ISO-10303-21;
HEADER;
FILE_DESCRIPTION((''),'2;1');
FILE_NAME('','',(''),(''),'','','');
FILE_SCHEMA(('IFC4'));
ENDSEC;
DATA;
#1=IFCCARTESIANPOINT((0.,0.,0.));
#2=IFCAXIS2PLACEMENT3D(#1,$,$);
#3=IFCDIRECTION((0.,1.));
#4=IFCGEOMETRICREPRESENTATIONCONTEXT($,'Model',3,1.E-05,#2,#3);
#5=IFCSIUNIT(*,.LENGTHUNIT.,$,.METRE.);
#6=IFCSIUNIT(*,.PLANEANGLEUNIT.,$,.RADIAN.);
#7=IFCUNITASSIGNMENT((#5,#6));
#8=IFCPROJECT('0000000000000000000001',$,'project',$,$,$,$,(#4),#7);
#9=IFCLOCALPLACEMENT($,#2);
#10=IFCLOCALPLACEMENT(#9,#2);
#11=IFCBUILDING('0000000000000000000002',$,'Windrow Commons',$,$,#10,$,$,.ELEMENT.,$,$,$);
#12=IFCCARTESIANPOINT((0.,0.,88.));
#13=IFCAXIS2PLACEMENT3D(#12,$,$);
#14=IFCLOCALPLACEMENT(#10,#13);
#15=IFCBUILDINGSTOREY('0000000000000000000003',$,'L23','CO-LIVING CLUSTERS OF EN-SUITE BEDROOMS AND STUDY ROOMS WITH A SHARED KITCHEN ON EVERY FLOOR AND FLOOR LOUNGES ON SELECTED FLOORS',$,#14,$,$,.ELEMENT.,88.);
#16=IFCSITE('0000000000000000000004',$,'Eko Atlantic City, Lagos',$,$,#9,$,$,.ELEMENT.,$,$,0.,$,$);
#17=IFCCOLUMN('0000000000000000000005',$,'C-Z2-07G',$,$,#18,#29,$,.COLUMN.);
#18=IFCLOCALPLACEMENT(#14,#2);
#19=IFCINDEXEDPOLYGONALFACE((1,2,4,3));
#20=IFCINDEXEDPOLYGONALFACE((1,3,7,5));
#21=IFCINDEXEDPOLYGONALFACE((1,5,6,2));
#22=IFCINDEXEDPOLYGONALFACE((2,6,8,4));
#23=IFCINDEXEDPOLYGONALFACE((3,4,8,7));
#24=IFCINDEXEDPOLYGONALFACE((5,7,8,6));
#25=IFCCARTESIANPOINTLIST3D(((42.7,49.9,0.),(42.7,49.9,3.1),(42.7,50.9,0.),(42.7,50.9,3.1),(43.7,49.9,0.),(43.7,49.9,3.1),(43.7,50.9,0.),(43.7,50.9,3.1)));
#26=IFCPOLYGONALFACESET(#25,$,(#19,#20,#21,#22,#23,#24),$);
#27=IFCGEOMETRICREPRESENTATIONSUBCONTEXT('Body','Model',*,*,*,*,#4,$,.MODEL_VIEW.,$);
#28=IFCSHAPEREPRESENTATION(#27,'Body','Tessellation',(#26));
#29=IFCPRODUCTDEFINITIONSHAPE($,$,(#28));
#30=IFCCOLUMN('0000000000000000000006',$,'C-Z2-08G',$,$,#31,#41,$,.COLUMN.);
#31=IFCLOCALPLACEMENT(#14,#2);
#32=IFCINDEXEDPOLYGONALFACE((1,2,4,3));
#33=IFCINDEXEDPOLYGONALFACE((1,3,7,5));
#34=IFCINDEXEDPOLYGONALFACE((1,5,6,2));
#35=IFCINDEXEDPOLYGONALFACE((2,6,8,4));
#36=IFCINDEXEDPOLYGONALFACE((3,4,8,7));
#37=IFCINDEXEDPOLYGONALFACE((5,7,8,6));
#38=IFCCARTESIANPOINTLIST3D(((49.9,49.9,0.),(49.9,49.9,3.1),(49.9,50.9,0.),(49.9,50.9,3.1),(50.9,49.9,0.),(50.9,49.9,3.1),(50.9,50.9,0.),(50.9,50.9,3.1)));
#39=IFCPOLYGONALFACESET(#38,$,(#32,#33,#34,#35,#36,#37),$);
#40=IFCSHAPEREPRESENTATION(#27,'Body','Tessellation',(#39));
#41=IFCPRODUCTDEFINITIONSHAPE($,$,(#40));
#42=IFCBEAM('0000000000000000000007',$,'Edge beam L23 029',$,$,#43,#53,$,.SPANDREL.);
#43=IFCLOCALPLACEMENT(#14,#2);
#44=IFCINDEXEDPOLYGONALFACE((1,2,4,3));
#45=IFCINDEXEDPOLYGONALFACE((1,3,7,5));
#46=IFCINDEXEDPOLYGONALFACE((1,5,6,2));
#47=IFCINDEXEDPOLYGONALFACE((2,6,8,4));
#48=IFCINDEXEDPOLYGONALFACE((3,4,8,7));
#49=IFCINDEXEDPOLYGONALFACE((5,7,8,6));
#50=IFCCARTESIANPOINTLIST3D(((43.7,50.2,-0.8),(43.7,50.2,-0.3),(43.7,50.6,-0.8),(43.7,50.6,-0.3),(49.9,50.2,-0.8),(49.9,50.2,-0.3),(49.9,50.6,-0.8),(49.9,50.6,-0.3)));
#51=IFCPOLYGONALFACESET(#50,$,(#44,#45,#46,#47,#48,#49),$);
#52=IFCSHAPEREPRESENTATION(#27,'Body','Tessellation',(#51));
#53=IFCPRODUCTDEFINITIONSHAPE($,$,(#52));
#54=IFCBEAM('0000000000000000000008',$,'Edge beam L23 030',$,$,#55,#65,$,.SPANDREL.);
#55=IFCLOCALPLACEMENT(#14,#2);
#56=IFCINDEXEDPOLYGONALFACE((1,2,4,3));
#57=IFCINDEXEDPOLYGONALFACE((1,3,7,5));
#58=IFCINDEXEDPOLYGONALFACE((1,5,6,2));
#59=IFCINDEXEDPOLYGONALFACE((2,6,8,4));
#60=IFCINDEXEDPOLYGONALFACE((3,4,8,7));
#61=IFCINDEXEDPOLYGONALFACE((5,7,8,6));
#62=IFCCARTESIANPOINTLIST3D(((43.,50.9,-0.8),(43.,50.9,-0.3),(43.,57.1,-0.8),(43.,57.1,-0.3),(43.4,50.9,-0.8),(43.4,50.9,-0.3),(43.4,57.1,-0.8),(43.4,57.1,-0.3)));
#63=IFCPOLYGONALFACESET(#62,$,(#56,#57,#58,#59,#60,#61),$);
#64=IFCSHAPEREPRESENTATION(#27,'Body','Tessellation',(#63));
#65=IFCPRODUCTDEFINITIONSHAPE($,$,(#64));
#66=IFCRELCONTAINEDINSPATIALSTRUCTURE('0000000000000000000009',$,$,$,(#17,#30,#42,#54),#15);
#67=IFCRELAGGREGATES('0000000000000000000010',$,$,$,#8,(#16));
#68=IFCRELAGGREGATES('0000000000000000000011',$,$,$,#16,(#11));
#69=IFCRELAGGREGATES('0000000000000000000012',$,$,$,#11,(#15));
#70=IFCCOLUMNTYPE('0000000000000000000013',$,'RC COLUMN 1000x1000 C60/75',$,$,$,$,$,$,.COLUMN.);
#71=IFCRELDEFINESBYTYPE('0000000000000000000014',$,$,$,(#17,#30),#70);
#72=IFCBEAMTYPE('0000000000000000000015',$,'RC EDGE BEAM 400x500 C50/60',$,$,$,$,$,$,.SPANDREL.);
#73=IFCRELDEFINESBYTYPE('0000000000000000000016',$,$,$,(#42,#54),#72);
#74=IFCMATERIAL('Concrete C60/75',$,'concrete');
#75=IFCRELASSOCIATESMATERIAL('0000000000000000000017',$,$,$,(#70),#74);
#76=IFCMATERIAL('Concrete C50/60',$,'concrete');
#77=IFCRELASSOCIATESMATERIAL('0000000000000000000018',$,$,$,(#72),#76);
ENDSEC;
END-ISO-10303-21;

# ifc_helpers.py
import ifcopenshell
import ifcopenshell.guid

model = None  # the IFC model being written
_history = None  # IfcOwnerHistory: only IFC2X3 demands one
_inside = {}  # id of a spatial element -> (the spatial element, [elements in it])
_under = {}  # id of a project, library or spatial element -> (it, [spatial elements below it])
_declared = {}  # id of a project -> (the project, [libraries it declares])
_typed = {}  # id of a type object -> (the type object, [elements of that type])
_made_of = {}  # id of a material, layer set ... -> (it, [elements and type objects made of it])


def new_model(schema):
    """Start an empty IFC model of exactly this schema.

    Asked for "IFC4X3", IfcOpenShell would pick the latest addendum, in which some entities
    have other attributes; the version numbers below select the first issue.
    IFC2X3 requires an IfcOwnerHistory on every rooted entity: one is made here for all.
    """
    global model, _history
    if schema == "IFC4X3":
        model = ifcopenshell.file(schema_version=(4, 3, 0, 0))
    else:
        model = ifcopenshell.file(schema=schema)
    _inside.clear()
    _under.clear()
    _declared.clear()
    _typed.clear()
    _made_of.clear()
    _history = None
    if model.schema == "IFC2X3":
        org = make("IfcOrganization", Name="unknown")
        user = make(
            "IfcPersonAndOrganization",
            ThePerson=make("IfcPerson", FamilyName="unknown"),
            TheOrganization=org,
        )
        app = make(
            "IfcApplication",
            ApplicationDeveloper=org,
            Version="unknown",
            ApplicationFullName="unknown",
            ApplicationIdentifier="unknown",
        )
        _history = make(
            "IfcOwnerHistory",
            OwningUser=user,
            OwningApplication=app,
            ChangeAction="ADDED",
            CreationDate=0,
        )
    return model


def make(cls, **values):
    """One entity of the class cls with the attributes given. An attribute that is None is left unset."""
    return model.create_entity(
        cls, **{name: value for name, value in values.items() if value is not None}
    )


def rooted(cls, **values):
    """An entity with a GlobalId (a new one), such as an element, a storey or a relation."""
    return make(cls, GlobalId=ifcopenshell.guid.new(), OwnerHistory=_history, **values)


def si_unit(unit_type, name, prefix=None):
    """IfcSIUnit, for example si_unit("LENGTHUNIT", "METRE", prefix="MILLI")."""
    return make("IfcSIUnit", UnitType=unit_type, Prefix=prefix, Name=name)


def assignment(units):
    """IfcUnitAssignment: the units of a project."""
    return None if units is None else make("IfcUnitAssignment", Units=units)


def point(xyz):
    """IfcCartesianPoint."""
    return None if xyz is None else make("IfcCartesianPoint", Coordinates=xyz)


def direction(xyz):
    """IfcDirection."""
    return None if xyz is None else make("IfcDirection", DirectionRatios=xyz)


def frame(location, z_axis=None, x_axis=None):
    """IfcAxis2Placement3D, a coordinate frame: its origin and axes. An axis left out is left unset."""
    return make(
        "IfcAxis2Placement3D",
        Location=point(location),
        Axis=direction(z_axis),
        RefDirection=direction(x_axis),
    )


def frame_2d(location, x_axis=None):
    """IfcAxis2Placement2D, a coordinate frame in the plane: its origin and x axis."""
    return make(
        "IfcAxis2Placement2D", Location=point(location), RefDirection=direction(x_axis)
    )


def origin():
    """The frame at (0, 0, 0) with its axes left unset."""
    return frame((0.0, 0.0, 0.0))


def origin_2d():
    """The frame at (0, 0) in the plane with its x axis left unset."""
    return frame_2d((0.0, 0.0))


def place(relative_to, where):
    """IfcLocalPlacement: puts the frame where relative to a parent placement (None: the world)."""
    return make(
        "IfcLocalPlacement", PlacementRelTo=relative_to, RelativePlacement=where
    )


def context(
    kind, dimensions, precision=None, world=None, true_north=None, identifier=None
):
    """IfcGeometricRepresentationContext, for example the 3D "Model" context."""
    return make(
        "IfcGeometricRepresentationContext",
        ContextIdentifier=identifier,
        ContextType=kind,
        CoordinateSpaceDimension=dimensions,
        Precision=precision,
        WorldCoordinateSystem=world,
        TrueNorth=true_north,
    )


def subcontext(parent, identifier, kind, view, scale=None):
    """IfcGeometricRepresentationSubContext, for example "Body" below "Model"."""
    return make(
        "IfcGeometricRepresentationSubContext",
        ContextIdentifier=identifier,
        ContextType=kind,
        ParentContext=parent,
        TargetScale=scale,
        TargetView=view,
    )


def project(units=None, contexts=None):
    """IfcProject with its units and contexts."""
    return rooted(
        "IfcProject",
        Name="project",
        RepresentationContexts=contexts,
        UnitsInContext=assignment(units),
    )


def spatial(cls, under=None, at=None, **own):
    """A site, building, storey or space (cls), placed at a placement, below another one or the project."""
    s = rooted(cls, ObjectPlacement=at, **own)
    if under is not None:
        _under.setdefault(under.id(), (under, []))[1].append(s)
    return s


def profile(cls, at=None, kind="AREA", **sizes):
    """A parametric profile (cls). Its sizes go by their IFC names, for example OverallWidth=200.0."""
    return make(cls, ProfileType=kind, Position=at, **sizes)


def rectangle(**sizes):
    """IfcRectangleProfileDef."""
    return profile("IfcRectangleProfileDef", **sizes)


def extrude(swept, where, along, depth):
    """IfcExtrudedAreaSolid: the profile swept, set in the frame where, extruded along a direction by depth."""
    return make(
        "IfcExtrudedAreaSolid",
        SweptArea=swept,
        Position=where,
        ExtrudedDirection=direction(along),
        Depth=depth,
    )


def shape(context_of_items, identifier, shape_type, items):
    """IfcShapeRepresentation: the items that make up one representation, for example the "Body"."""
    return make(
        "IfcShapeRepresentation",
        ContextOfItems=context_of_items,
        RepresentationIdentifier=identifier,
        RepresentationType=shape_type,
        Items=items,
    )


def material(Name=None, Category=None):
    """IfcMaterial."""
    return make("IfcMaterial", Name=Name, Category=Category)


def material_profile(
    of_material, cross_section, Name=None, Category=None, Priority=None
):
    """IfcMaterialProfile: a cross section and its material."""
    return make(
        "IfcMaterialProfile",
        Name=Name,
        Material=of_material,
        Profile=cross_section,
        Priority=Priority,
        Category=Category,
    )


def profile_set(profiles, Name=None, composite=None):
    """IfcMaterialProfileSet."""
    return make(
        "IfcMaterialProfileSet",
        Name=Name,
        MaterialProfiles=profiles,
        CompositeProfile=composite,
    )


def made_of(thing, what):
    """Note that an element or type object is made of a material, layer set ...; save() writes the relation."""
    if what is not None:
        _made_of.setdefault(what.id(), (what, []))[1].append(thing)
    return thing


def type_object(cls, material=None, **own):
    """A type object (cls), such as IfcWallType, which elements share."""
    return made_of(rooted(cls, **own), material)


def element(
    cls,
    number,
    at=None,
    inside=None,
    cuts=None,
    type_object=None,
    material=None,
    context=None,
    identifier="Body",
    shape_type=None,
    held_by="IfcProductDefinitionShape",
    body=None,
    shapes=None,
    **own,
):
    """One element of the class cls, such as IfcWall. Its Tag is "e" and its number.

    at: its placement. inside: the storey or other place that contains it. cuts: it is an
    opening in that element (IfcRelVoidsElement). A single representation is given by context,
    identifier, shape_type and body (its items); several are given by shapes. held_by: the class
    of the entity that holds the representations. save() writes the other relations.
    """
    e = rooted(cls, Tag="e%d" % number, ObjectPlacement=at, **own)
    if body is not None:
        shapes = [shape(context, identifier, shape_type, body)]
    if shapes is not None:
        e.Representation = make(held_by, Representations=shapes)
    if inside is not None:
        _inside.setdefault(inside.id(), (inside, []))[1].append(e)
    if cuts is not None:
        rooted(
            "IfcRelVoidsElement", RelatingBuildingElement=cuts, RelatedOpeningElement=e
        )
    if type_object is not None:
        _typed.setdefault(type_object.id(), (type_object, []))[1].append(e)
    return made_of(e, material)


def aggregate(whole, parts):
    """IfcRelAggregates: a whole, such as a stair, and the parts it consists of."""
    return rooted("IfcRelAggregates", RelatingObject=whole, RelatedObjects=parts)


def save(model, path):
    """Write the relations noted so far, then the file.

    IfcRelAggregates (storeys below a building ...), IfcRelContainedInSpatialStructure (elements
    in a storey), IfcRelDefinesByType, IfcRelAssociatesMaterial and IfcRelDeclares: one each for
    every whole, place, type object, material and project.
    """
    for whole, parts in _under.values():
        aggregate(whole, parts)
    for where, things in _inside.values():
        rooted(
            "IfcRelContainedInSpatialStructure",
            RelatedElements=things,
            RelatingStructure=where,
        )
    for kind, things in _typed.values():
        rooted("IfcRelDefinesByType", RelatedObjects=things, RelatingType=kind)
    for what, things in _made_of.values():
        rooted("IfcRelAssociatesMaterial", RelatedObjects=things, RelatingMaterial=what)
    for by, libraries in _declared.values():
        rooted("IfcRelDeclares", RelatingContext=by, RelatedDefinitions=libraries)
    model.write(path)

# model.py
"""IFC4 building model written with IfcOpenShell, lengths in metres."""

from ifc_helpers import new_model, si_unit, direction, frame, origin, origin_2d, place, context, subcontext, project, spatial, rectangle, extrude, material, material_profile, profile_set, type_object, element, save


model = new_model("IFC4")

# Units and contexts
model_context = context("Model", 3, precision=1e-05, world=origin(), true_north=direction((0.0, 1.0)))
body_context = subcontext(model_context, "Body", "Model", "MODEL_VIEW")
ifc_project = project(units=[si_unit("LENGTHUNIT", "METRE"), si_unit("PLANEANGLEUNIT", "RADIAN")], contexts=[model_context])

# Site, building, storey
site_placement = place(None, origin())
site = spatial("IfcSite", under=ifc_project, at=site_placement, Name="Eko Atlantic City, Lagos", CompositionType="ELEMENT", RefElevation=0.0)
building_placement = place(site_placement, origin())
building = spatial("IfcBuilding", under=site, at=building_placement, Name="Windrow Commons", CompositionType="ELEMENT")
storey_placement = place(building_placement, frame((0.0, 0.0, 88.0)))
storey = spatial("IfcBuildingStorey", under=building, at=storey_placement, Name="L23", Description="CO-LIVING CLUSTERS OF EN-SUITE BEDROOMS AND STUDY ROOMS WITH A SHARED KITCHEN ON EVERY FLOOR AND FLOOR LOUNGES ON SELECTED FLOORS", CompositionType="ELEMENT", Elevation=88.0)

# Columns
ifc_material_1 = material(Name="Concrete C60/75", Category="concrete")
ifc_material_profile_1 = material_profile(ifc_material_1, rectangle(XDim=1.0, YDim=1.0, at=origin_2d()))
ifc_profile_set_1 = profile_set([ifc_material_profile_1], Name="Concrete C60/75")
column_type = type_object("IfcColumnType", Name="RC COLUMN 1000x1000 C60/75", PredefinedType="COLUMN", material=ifc_profile_set_1)
for number, where, z_axis, x_axis, name in (
    (1, (43.2, 50.4, 0.0), (0.0, 0.0, 1.0), (1.0, 0.0, 0.0), "C-Z2-07G"),
    (2, (50.4, 50.4, 0.0), (0.0, 0.0, 1.0), (1.0, 0.0, 0.0), "C-Z2-08G"),
):
    element("IfcColumn", number, at=place(storey_placement, frame(where, z_axis=z_axis, x_axis=x_axis)), inside=storey, type_object=column_type, Name=name, PredefinedType="COLUMN", context=body_context, shape_type="SweptSolid", body=[
        extrude(rectangle(XDim=1.0, YDim=1.0, at=origin_2d()), origin(), (0.0, 0.0, 1.0), 3.1),
    ])

# Beams
ifc_material_2 = material(Name="Concrete C50/60", Category="concrete")
ifc_material_profile_2 = material_profile(ifc_material_2, rectangle(XDim=0.4, YDim=0.5, at=origin_2d()))
ifc_profile_set_2 = profile_set([ifc_material_profile_2], Name="Concrete C50/60")
beam_type = type_object("IfcBeamType", Name="RC EDGE BEAM 400x500 C50/60", PredefinedType="SPANDREL", material=ifc_profile_set_2)
for number, where, z_axis, x_axis, name in (
    (3, (49.9, 50.4, -0.55), (-1.0, 0.0, 0.0), (0.0, -1.0, 0.0), "Edge beam L23 029"),
    (4, (43.2, 50.9, -0.55), (0.0, 1.0, 0.0), (-1.0, 0.0, 0.0), "Edge beam L23 030"),
):
    element("IfcBeam", number, at=place(storey_placement, frame(where, z_axis=z_axis, x_axis=x_axis)), inside=storey, type_object=beam_type, Name=name, PredefinedType="SPANDREL", context=body_context, shape_type="SweptSolid", body=[
        extrude(rectangle(XDim=0.4, YDim=0.5, at=origin_2d()), origin(), (0.0, 0.0, 1.0), 6.2),
    ])

save(model, "model.ifc")
